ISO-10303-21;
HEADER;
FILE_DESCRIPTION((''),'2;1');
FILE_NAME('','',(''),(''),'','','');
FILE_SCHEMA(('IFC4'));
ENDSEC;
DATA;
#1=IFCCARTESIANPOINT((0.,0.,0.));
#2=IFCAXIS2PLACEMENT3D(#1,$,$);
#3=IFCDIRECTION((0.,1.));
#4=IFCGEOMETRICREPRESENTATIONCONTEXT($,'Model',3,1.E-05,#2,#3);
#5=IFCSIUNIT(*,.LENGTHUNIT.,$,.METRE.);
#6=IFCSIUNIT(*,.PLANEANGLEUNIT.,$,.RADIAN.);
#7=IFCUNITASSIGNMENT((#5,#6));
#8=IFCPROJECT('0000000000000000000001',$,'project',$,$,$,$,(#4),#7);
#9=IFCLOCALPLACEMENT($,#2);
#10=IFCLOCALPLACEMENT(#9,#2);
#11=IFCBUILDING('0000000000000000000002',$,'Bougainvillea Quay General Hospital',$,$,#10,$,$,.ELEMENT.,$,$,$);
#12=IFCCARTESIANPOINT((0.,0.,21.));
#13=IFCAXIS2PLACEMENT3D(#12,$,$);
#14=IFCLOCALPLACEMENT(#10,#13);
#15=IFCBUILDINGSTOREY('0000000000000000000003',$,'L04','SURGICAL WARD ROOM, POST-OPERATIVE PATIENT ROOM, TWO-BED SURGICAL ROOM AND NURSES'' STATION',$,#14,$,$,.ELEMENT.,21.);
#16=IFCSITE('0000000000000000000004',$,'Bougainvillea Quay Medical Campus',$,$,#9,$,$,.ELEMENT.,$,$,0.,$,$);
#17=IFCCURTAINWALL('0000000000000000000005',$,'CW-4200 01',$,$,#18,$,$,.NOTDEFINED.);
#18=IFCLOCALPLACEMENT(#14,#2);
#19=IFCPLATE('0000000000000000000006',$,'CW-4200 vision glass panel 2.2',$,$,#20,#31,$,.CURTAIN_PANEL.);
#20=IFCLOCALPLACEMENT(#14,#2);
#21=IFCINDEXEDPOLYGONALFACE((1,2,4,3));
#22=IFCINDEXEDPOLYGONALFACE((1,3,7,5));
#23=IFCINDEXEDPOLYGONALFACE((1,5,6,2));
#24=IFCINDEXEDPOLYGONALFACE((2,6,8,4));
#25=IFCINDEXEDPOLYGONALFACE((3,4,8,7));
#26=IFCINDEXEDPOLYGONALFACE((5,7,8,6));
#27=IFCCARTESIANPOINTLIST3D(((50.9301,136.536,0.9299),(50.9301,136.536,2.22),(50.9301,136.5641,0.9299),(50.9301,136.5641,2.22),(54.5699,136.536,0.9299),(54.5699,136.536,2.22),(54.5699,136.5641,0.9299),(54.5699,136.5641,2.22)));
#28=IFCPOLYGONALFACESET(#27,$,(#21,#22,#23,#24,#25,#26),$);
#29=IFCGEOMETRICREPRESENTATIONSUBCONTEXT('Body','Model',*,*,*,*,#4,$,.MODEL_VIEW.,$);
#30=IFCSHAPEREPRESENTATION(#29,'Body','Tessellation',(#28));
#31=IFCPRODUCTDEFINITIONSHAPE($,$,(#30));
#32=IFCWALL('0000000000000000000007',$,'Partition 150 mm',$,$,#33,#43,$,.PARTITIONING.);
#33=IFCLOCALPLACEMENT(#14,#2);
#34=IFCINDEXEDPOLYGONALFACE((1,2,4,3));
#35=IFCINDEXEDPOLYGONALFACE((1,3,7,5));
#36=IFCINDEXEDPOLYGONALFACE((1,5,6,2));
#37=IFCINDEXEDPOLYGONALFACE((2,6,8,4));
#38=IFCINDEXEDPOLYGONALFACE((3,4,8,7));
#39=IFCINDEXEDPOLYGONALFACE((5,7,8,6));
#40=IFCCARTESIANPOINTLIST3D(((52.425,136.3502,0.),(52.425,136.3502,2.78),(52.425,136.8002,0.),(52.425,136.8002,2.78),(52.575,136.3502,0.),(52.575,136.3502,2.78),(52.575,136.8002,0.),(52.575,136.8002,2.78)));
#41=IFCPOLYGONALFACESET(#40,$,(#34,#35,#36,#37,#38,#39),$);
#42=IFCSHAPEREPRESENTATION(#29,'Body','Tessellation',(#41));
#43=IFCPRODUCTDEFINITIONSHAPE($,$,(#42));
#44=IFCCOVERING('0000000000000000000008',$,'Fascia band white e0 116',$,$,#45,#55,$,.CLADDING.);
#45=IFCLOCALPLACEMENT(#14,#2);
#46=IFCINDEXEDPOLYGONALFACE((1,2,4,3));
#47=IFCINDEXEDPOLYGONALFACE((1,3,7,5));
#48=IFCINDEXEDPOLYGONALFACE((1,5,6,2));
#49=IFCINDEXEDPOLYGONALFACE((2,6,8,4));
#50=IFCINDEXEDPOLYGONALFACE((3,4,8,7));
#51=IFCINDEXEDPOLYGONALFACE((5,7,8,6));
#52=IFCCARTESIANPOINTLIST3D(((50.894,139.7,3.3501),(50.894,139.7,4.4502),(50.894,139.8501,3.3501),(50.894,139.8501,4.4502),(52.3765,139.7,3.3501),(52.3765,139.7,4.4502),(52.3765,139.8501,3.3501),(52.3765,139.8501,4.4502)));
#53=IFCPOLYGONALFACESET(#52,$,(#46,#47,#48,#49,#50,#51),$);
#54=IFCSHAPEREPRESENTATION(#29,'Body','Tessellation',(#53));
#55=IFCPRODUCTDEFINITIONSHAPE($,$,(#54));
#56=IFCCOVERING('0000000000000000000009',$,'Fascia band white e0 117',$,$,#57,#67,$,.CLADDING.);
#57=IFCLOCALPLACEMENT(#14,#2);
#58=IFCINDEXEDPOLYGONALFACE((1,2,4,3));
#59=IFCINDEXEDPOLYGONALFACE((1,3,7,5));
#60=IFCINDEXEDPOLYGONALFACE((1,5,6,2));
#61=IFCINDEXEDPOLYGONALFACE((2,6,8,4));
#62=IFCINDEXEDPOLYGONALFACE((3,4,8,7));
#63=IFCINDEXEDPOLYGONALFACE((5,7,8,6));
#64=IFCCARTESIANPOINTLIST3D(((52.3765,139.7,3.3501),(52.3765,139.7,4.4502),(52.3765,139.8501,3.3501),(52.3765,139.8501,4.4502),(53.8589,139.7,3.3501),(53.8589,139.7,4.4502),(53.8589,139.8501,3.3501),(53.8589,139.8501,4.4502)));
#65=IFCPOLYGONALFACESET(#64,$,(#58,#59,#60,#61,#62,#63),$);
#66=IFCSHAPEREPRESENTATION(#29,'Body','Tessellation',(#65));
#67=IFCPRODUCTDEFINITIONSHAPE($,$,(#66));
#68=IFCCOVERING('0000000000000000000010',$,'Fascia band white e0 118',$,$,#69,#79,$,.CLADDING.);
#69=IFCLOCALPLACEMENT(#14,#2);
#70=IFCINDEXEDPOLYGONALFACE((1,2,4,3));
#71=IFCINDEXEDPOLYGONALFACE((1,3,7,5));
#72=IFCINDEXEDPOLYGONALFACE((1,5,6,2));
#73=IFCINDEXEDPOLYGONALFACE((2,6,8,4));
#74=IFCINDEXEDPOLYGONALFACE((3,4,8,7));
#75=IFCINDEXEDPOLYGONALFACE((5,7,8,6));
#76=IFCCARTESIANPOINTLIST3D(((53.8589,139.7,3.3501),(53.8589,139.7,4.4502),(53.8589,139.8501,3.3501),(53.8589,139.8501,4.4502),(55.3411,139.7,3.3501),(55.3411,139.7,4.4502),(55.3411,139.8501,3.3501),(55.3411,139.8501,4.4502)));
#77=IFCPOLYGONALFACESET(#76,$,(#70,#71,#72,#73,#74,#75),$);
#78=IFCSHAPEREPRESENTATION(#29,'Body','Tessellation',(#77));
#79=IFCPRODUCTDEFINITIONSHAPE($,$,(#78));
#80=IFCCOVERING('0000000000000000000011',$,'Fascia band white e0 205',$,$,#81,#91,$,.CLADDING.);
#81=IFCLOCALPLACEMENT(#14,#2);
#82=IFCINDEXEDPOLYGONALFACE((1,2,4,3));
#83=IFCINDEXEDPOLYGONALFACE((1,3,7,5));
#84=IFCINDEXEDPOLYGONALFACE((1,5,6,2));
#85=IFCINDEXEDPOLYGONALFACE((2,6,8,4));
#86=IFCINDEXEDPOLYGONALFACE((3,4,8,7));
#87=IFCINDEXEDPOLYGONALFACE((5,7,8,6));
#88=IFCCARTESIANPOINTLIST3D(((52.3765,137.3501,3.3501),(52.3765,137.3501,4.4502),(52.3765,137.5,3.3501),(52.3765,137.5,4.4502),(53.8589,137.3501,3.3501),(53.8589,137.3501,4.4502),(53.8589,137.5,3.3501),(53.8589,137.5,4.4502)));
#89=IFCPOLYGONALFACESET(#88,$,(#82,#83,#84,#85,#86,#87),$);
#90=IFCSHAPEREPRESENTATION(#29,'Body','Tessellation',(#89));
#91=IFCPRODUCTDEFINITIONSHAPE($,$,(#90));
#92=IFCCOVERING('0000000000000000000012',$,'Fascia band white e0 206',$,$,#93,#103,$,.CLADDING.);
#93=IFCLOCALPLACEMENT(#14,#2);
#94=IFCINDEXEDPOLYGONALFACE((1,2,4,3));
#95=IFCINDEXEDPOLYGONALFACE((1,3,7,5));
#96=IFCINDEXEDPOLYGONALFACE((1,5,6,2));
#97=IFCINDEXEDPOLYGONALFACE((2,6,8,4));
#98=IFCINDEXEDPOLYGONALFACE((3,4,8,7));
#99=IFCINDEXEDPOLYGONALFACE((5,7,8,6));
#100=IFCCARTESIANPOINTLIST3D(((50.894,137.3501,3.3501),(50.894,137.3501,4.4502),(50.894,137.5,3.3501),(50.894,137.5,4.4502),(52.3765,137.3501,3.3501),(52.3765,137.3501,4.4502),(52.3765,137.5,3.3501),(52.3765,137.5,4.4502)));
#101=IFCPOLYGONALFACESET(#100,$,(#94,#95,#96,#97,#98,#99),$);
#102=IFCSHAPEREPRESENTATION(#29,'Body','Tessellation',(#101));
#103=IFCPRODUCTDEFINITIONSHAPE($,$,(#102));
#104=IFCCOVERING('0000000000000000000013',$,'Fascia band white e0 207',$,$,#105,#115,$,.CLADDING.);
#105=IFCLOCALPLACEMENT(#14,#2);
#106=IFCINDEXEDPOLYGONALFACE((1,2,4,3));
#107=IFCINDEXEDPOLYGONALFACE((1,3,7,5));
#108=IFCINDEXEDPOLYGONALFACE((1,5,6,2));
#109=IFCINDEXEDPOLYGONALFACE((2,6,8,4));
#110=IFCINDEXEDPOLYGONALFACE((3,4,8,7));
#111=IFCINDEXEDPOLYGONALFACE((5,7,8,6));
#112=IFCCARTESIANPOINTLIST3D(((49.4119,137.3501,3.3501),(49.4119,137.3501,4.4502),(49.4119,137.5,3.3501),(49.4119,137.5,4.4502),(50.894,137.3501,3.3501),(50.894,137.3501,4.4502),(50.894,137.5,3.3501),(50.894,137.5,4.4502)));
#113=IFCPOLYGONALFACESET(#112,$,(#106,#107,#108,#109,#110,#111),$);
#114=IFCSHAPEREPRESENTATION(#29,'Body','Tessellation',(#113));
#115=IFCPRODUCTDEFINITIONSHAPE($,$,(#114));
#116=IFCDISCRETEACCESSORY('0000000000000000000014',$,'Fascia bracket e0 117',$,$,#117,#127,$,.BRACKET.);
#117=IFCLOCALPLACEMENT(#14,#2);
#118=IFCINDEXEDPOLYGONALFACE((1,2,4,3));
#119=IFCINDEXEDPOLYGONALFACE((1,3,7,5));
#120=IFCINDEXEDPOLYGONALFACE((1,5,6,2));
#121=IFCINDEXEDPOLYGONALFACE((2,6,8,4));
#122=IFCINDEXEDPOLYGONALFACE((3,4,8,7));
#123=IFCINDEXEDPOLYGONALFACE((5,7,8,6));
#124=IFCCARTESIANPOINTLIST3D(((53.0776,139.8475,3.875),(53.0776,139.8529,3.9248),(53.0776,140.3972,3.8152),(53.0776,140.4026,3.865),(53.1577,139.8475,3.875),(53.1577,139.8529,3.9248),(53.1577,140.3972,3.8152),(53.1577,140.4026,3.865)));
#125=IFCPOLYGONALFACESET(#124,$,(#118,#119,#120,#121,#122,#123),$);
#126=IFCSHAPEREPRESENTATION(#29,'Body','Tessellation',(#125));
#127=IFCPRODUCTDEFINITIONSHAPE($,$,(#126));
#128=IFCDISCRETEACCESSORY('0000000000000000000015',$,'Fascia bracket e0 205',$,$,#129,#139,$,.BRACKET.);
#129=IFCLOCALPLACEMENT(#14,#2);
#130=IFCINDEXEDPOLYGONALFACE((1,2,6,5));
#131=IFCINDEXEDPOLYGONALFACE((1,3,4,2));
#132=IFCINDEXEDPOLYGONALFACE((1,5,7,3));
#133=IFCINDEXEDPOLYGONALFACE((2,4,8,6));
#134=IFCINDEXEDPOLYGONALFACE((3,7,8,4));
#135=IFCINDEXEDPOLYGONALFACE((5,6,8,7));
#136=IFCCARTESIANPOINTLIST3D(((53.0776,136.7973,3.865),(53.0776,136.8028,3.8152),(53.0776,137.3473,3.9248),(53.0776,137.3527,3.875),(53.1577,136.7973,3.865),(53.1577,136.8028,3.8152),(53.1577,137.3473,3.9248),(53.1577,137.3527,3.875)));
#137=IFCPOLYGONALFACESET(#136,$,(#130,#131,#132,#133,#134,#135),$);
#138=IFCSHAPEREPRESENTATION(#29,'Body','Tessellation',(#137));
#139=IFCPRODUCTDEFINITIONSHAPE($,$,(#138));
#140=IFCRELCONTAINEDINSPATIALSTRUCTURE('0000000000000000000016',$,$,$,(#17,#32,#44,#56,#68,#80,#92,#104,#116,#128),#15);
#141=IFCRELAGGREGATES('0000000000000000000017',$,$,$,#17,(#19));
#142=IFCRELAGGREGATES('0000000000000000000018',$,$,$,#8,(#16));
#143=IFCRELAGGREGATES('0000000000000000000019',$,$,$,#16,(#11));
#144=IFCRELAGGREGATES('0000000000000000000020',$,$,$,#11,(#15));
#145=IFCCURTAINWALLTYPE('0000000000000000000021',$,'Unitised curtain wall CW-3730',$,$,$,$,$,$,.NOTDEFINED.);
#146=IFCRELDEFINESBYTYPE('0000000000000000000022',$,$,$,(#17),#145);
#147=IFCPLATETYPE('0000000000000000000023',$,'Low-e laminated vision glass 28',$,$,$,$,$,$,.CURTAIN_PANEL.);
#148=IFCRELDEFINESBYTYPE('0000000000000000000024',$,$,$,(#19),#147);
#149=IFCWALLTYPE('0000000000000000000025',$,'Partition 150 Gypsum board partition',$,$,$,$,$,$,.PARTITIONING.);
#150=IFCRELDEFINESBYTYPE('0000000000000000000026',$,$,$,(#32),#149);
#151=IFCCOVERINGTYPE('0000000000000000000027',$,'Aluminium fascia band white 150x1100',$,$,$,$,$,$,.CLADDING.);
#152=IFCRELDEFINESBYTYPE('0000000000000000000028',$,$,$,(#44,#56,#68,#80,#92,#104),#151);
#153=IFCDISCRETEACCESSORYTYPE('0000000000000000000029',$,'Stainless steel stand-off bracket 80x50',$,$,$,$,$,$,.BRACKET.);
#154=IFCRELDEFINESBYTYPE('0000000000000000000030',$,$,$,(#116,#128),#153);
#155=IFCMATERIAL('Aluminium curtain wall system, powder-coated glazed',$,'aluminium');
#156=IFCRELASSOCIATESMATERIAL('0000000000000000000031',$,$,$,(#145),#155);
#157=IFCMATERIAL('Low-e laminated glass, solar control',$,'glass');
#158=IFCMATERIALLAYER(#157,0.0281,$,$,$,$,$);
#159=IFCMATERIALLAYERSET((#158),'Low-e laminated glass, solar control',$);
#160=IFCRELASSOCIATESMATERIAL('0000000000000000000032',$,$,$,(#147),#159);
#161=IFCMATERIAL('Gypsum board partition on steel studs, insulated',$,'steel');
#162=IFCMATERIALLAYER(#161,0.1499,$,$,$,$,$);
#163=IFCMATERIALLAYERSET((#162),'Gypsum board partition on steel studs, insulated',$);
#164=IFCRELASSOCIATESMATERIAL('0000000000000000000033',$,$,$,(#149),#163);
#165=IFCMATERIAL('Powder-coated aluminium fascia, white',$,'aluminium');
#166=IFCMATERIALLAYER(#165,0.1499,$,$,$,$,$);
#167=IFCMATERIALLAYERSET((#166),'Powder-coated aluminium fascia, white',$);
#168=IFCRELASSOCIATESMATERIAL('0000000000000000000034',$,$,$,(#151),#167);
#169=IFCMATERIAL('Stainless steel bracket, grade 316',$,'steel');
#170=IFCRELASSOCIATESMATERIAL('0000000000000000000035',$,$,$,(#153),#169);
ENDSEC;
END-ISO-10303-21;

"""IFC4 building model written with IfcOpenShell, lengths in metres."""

from ifc_helpers import new_model, si_unit, direction, frame, frame_2d, origin, origin_2d, place, context, subcontext, project, spatial, polyline, rectangle, outline, extrude, material, layer, layer_set, material_profile, profile_set, type_object, element, aggregate, save


model = new_model("IFC4")

# Units and contexts
model_context = context("Model", 3, precision=1e-05, world=origin(), true_north=direction((0.0, 1.0)))
body_context = subcontext(model_context, "Body", "Model", "MODEL_VIEW")
ifc_project = project(units=[si_unit("LENGTHUNIT", "METRE"), si_unit("PLANEANGLEUNIT", "RADIAN")], contexts=[model_context])

# Site, building, storey
site_placement = place(None, origin())
site = spatial("IfcSite", under=ifc_project, at=site_placement, Name="Bougainvillea Quay Medical Campus", CompositionType="ELEMENT", RefElevation=0.0)
building_placement = place(site_placement, origin())
building = spatial("IfcBuilding", under=site, at=building_placement, Name="Bougainvillea Quay General Hospital", CompositionType="ELEMENT")
storey_placement = place(building_placement, frame((0.0, 0.0, 21.0)))
storey = spatial("IfcBuildingStorey", under=building, at=storey_placement, Name="L04", Description="SURGICAL WARD ROOM, POST-OPERATIVE PATIENT ROOM, TWO-BED SURGICAL ROOM AND NURSES' STATION", CompositionType="ELEMENT", Elevation=21.0)

# Curtain wall
ifc_material_1 = material(Name="Aluminium curtain wall system, powder-coated glazed", Category="aluminium")
curtain_wall_type = type_object("IfcCurtainWallType", Name="Unitised curtain wall CW-3730", PredefinedType="NOTDEFINED", material=ifc_material_1)
curtain_wall_1_placement = place(storey_placement, origin())
curtain_wall_1 = element("IfcCurtainWall", 1, at=curtain_wall_1_placement, inside=storey, type_object=curtain_wall_type, Name="CW-4200 01", PredefinedType="NOTDEFINED")

# Plate
ifc_material_2 = material(Name="Low-e laminated glass, solar control", Category="glass")
ifc_layer_1 = layer(ifc_material_2, 0.0281)
ifc_layer_set_1 = layer_set([ifc_layer_1], Name="Low-e laminated glass, solar control")
plate_type_1 = type_object("IfcPlateType", Name="Low-e laminated vision glass 28", PredefinedType="CURTAIN_PANEL", material=ifc_layer_set_1)
plate_1_placement = place(storey_placement, frame((52.75, 136.55, 0.9299), z_axis=(0.0, 0.0, 1.0), x_axis=(-1.0, 0.0, 0.0)))
plate_1 = element("IfcPlate", 2, at=plate_1_placement, type_object=plate_type_1, Name="CW-4200 vision glass panel 2.2", PredefinedType="CURTAIN_PANEL", context=body_context, shape_type="SweptSolid", body=[
    extrude(rectangle(XDim=3.6399, YDim=0.0281, at=origin_2d()), origin(), (0.0, 0.0, 1.0), 1.29),
])
aggregate(curtain_wall_1, [plate_1])

# Wall
ifc_material_3 = material(Name="Gypsum board partition on steel studs, insulated", Category="steel")
ifc_layer_2 = layer(ifc_material_3, 0.1499)
ifc_layer_set_2 = layer_set([ifc_layer_2], Name="Gypsum board partition on steel studs, insulated")
wall_type = type_object("IfcWallType", Name="Partition 150 Gypsum board partition", PredefinedType="PARTITIONING", material=ifc_layer_set_2)
wall_placement = place(storey_placement, frame((52.5, 136.3501, 0.0), z_axis=(0.0, 0.0, 1.0), x_axis=(0.0, 1.0, 0.0)))
element("IfcWall", 3, at=wall_placement, inside=storey, type_object=wall_type, Name="Partition 150 mm", PredefinedType="PARTITIONING", context=body_context, shape_type="SweptSolid", body=[
    extrude(rectangle(XDim=0.45, YDim=0.1499, at=frame_2d((0.2251, 0.0))), origin(), (0.0, 0.0, 1.0), 2.78),
])

# Coverings
ifc_material_4 = material(Name="Powder-coated aluminium fascia, white", Category="aluminium")
ifc_layer_3 = layer(ifc_material_4, 0.1499)
ifc_layer_set_3 = layer_set([ifc_layer_3], Name="Powder-coated aluminium fascia, white")
covering_type = type_object("IfcCoveringType", Name="Aluminium fascia band white 150x1100", PredefinedType="CLADDING", material=ifc_layer_set_3)
for number, where, z_axis, x_axis, name in (
    (4, (50.894, 139.8501, 3.3501), (0.0, 0.0, 1.0), (1.0, 0.0, 0.0), "Fascia band white e0 116"),
    (5, (52.3765, 139.8501, 3.3501), (0.0, 0.0, 1.0), (1.0, 0.0, 0.0), "Fascia band white e0 117"),
):
    element("IfcCovering", number, at=place(storey_placement, frame(where, z_axis=z_axis, x_axis=x_axis)), inside=storey, type_object=covering_type, Name=name, PredefinedType="CLADDING", context=body_context, shape_type="SweptSolid", body=[
        extrude(outline(polyline([(0.0, 0.0), (1.4824, 0.0), (1.4824, -0.1501), (0.0, -0.1501), (0.0, 0.0)])), origin(), (0.0, 0.0, 1.0), 1.1001),
    ])
covering_1_placement = place(storey_placement, frame((53.8589, 139.8501, 3.3501), z_axis=(0.0, 0.0, 1.0), x_axis=(1.0, 0.0, 0.0)))
element("IfcCovering", 6, at=covering_1_placement, inside=storey, type_object=covering_type, Name="Fascia band white e0 118", PredefinedType="CLADDING", context=body_context, shape_type="SweptSolid", body=[
    extrude(outline(polyline([(0.0, 0.0), (1.4822, 0.0), (1.4822, -0.1501), (0.0, -0.1501), (0.0, 0.0)])), origin(), (0.0, 0.0, 1.0), 1.1001),
])
for number, where, z_axis, x_axis, name in (
    (7, (53.8589, 137.3501, 3.3501), (0.0, 0.0, 1.0), (-1.0, 0.0, 0.0), "Fascia band white e0 205"),
    (8, (52.3765, 137.3501, 3.3501), (0.0, 0.0, 1.0), (-1.0, 0.0, 0.0), "Fascia band white e0 206"),
):
    element("IfcCovering", number, at=place(storey_placement, frame(where, z_axis=z_axis, x_axis=x_axis)), inside=storey, type_object=covering_type, Name=name, PredefinedType="CLADDING", context=body_context, shape_type="SweptSolid", body=[
        extrude(outline(polyline([(0.0, 0.0), (1.4824, 0.0), (1.4824, -0.1499), (0.0, -0.1499), (0.0, 0.0)])), origin(), (0.0, 0.0, 1.0), 1.1001),
    ])
covering_2_placement = place(storey_placement, frame((50.894, 137.3501, 3.3501), z_axis=(0.0, 0.0, 1.0), x_axis=(-1.0, 0.0, 0.0)))
element("IfcCovering", 9, at=covering_2_placement, inside=storey, type_object=covering_type, Name="Fascia band white e0 207", PredefinedType="CLADDING", context=body_context, shape_type="SweptSolid", body=[
    extrude(outline(polyline([(0.0, 0.0), (1.4822, 0.0), (1.4822, -0.1499), (0.0, -0.1499), (0.0, 0.0)])), origin(), (0.0, 0.0, 1.0), 1.1001),
])

# Discrete accessories
ifc_material_5 = material(Name="Stainless steel bracket, grade 316", Category="steel")
ifc_material_profile_1 = material_profile(ifc_material_5, rectangle(XDim=0.0801, YDim=0.05, at=origin_2d()))
ifc_profile_set_1 = profile_set([ifc_material_profile_1], Name="Stainless steel bracket, grade 316")
discrete_accessory_type = type_object("IfcDiscreteAccessoryType", Name="Stainless steel stand-off bracket 80x50", PredefinedType="BRACKET", material=ifc_profile_set_1)
discrete_accessory_1_placement = place(storey_placement, frame((53.1177, 140.3999, 3.8401), z_axis=(0.0, -0.994134, 0.108154), x_axis=(1.0, 0.0, 0.0)))
element("IfcDiscreteAccessory", 10, at=discrete_accessory_1_placement, inside=storey, type_object=discrete_accessory_type, Name="Fascia bracket e0 117", PredefinedType="BRACKET", context=body_context, shape_type="SweptSolid", body=[
    extrude(rectangle(XDim=0.0801, YDim=0.05, at=origin_2d()), origin(), (0.0, 0.0, 1.0), 0.553),
])
discrete_accessory_2_placement = place(storey_placement, frame((53.1177, 136.8, 3.8401), z_axis=(0.0, 0.994139, 0.108107), x_axis=(-1.0, 0.0, 0.0)))
element("IfcDiscreteAccessory", 11, at=discrete_accessory_2_placement, inside=storey, type_object=discrete_accessory_type, Name="Fascia bracket e0 205", PredefinedType="BRACKET", context=body_context, shape_type="SweptSolid", body=[
    extrude(rectangle(XDim=0.0801, YDim=0.05, at=origin_2d()), origin(), (0.0, 0.0, 1.0), 0.5532),
])

save(model, "model.ifc")
